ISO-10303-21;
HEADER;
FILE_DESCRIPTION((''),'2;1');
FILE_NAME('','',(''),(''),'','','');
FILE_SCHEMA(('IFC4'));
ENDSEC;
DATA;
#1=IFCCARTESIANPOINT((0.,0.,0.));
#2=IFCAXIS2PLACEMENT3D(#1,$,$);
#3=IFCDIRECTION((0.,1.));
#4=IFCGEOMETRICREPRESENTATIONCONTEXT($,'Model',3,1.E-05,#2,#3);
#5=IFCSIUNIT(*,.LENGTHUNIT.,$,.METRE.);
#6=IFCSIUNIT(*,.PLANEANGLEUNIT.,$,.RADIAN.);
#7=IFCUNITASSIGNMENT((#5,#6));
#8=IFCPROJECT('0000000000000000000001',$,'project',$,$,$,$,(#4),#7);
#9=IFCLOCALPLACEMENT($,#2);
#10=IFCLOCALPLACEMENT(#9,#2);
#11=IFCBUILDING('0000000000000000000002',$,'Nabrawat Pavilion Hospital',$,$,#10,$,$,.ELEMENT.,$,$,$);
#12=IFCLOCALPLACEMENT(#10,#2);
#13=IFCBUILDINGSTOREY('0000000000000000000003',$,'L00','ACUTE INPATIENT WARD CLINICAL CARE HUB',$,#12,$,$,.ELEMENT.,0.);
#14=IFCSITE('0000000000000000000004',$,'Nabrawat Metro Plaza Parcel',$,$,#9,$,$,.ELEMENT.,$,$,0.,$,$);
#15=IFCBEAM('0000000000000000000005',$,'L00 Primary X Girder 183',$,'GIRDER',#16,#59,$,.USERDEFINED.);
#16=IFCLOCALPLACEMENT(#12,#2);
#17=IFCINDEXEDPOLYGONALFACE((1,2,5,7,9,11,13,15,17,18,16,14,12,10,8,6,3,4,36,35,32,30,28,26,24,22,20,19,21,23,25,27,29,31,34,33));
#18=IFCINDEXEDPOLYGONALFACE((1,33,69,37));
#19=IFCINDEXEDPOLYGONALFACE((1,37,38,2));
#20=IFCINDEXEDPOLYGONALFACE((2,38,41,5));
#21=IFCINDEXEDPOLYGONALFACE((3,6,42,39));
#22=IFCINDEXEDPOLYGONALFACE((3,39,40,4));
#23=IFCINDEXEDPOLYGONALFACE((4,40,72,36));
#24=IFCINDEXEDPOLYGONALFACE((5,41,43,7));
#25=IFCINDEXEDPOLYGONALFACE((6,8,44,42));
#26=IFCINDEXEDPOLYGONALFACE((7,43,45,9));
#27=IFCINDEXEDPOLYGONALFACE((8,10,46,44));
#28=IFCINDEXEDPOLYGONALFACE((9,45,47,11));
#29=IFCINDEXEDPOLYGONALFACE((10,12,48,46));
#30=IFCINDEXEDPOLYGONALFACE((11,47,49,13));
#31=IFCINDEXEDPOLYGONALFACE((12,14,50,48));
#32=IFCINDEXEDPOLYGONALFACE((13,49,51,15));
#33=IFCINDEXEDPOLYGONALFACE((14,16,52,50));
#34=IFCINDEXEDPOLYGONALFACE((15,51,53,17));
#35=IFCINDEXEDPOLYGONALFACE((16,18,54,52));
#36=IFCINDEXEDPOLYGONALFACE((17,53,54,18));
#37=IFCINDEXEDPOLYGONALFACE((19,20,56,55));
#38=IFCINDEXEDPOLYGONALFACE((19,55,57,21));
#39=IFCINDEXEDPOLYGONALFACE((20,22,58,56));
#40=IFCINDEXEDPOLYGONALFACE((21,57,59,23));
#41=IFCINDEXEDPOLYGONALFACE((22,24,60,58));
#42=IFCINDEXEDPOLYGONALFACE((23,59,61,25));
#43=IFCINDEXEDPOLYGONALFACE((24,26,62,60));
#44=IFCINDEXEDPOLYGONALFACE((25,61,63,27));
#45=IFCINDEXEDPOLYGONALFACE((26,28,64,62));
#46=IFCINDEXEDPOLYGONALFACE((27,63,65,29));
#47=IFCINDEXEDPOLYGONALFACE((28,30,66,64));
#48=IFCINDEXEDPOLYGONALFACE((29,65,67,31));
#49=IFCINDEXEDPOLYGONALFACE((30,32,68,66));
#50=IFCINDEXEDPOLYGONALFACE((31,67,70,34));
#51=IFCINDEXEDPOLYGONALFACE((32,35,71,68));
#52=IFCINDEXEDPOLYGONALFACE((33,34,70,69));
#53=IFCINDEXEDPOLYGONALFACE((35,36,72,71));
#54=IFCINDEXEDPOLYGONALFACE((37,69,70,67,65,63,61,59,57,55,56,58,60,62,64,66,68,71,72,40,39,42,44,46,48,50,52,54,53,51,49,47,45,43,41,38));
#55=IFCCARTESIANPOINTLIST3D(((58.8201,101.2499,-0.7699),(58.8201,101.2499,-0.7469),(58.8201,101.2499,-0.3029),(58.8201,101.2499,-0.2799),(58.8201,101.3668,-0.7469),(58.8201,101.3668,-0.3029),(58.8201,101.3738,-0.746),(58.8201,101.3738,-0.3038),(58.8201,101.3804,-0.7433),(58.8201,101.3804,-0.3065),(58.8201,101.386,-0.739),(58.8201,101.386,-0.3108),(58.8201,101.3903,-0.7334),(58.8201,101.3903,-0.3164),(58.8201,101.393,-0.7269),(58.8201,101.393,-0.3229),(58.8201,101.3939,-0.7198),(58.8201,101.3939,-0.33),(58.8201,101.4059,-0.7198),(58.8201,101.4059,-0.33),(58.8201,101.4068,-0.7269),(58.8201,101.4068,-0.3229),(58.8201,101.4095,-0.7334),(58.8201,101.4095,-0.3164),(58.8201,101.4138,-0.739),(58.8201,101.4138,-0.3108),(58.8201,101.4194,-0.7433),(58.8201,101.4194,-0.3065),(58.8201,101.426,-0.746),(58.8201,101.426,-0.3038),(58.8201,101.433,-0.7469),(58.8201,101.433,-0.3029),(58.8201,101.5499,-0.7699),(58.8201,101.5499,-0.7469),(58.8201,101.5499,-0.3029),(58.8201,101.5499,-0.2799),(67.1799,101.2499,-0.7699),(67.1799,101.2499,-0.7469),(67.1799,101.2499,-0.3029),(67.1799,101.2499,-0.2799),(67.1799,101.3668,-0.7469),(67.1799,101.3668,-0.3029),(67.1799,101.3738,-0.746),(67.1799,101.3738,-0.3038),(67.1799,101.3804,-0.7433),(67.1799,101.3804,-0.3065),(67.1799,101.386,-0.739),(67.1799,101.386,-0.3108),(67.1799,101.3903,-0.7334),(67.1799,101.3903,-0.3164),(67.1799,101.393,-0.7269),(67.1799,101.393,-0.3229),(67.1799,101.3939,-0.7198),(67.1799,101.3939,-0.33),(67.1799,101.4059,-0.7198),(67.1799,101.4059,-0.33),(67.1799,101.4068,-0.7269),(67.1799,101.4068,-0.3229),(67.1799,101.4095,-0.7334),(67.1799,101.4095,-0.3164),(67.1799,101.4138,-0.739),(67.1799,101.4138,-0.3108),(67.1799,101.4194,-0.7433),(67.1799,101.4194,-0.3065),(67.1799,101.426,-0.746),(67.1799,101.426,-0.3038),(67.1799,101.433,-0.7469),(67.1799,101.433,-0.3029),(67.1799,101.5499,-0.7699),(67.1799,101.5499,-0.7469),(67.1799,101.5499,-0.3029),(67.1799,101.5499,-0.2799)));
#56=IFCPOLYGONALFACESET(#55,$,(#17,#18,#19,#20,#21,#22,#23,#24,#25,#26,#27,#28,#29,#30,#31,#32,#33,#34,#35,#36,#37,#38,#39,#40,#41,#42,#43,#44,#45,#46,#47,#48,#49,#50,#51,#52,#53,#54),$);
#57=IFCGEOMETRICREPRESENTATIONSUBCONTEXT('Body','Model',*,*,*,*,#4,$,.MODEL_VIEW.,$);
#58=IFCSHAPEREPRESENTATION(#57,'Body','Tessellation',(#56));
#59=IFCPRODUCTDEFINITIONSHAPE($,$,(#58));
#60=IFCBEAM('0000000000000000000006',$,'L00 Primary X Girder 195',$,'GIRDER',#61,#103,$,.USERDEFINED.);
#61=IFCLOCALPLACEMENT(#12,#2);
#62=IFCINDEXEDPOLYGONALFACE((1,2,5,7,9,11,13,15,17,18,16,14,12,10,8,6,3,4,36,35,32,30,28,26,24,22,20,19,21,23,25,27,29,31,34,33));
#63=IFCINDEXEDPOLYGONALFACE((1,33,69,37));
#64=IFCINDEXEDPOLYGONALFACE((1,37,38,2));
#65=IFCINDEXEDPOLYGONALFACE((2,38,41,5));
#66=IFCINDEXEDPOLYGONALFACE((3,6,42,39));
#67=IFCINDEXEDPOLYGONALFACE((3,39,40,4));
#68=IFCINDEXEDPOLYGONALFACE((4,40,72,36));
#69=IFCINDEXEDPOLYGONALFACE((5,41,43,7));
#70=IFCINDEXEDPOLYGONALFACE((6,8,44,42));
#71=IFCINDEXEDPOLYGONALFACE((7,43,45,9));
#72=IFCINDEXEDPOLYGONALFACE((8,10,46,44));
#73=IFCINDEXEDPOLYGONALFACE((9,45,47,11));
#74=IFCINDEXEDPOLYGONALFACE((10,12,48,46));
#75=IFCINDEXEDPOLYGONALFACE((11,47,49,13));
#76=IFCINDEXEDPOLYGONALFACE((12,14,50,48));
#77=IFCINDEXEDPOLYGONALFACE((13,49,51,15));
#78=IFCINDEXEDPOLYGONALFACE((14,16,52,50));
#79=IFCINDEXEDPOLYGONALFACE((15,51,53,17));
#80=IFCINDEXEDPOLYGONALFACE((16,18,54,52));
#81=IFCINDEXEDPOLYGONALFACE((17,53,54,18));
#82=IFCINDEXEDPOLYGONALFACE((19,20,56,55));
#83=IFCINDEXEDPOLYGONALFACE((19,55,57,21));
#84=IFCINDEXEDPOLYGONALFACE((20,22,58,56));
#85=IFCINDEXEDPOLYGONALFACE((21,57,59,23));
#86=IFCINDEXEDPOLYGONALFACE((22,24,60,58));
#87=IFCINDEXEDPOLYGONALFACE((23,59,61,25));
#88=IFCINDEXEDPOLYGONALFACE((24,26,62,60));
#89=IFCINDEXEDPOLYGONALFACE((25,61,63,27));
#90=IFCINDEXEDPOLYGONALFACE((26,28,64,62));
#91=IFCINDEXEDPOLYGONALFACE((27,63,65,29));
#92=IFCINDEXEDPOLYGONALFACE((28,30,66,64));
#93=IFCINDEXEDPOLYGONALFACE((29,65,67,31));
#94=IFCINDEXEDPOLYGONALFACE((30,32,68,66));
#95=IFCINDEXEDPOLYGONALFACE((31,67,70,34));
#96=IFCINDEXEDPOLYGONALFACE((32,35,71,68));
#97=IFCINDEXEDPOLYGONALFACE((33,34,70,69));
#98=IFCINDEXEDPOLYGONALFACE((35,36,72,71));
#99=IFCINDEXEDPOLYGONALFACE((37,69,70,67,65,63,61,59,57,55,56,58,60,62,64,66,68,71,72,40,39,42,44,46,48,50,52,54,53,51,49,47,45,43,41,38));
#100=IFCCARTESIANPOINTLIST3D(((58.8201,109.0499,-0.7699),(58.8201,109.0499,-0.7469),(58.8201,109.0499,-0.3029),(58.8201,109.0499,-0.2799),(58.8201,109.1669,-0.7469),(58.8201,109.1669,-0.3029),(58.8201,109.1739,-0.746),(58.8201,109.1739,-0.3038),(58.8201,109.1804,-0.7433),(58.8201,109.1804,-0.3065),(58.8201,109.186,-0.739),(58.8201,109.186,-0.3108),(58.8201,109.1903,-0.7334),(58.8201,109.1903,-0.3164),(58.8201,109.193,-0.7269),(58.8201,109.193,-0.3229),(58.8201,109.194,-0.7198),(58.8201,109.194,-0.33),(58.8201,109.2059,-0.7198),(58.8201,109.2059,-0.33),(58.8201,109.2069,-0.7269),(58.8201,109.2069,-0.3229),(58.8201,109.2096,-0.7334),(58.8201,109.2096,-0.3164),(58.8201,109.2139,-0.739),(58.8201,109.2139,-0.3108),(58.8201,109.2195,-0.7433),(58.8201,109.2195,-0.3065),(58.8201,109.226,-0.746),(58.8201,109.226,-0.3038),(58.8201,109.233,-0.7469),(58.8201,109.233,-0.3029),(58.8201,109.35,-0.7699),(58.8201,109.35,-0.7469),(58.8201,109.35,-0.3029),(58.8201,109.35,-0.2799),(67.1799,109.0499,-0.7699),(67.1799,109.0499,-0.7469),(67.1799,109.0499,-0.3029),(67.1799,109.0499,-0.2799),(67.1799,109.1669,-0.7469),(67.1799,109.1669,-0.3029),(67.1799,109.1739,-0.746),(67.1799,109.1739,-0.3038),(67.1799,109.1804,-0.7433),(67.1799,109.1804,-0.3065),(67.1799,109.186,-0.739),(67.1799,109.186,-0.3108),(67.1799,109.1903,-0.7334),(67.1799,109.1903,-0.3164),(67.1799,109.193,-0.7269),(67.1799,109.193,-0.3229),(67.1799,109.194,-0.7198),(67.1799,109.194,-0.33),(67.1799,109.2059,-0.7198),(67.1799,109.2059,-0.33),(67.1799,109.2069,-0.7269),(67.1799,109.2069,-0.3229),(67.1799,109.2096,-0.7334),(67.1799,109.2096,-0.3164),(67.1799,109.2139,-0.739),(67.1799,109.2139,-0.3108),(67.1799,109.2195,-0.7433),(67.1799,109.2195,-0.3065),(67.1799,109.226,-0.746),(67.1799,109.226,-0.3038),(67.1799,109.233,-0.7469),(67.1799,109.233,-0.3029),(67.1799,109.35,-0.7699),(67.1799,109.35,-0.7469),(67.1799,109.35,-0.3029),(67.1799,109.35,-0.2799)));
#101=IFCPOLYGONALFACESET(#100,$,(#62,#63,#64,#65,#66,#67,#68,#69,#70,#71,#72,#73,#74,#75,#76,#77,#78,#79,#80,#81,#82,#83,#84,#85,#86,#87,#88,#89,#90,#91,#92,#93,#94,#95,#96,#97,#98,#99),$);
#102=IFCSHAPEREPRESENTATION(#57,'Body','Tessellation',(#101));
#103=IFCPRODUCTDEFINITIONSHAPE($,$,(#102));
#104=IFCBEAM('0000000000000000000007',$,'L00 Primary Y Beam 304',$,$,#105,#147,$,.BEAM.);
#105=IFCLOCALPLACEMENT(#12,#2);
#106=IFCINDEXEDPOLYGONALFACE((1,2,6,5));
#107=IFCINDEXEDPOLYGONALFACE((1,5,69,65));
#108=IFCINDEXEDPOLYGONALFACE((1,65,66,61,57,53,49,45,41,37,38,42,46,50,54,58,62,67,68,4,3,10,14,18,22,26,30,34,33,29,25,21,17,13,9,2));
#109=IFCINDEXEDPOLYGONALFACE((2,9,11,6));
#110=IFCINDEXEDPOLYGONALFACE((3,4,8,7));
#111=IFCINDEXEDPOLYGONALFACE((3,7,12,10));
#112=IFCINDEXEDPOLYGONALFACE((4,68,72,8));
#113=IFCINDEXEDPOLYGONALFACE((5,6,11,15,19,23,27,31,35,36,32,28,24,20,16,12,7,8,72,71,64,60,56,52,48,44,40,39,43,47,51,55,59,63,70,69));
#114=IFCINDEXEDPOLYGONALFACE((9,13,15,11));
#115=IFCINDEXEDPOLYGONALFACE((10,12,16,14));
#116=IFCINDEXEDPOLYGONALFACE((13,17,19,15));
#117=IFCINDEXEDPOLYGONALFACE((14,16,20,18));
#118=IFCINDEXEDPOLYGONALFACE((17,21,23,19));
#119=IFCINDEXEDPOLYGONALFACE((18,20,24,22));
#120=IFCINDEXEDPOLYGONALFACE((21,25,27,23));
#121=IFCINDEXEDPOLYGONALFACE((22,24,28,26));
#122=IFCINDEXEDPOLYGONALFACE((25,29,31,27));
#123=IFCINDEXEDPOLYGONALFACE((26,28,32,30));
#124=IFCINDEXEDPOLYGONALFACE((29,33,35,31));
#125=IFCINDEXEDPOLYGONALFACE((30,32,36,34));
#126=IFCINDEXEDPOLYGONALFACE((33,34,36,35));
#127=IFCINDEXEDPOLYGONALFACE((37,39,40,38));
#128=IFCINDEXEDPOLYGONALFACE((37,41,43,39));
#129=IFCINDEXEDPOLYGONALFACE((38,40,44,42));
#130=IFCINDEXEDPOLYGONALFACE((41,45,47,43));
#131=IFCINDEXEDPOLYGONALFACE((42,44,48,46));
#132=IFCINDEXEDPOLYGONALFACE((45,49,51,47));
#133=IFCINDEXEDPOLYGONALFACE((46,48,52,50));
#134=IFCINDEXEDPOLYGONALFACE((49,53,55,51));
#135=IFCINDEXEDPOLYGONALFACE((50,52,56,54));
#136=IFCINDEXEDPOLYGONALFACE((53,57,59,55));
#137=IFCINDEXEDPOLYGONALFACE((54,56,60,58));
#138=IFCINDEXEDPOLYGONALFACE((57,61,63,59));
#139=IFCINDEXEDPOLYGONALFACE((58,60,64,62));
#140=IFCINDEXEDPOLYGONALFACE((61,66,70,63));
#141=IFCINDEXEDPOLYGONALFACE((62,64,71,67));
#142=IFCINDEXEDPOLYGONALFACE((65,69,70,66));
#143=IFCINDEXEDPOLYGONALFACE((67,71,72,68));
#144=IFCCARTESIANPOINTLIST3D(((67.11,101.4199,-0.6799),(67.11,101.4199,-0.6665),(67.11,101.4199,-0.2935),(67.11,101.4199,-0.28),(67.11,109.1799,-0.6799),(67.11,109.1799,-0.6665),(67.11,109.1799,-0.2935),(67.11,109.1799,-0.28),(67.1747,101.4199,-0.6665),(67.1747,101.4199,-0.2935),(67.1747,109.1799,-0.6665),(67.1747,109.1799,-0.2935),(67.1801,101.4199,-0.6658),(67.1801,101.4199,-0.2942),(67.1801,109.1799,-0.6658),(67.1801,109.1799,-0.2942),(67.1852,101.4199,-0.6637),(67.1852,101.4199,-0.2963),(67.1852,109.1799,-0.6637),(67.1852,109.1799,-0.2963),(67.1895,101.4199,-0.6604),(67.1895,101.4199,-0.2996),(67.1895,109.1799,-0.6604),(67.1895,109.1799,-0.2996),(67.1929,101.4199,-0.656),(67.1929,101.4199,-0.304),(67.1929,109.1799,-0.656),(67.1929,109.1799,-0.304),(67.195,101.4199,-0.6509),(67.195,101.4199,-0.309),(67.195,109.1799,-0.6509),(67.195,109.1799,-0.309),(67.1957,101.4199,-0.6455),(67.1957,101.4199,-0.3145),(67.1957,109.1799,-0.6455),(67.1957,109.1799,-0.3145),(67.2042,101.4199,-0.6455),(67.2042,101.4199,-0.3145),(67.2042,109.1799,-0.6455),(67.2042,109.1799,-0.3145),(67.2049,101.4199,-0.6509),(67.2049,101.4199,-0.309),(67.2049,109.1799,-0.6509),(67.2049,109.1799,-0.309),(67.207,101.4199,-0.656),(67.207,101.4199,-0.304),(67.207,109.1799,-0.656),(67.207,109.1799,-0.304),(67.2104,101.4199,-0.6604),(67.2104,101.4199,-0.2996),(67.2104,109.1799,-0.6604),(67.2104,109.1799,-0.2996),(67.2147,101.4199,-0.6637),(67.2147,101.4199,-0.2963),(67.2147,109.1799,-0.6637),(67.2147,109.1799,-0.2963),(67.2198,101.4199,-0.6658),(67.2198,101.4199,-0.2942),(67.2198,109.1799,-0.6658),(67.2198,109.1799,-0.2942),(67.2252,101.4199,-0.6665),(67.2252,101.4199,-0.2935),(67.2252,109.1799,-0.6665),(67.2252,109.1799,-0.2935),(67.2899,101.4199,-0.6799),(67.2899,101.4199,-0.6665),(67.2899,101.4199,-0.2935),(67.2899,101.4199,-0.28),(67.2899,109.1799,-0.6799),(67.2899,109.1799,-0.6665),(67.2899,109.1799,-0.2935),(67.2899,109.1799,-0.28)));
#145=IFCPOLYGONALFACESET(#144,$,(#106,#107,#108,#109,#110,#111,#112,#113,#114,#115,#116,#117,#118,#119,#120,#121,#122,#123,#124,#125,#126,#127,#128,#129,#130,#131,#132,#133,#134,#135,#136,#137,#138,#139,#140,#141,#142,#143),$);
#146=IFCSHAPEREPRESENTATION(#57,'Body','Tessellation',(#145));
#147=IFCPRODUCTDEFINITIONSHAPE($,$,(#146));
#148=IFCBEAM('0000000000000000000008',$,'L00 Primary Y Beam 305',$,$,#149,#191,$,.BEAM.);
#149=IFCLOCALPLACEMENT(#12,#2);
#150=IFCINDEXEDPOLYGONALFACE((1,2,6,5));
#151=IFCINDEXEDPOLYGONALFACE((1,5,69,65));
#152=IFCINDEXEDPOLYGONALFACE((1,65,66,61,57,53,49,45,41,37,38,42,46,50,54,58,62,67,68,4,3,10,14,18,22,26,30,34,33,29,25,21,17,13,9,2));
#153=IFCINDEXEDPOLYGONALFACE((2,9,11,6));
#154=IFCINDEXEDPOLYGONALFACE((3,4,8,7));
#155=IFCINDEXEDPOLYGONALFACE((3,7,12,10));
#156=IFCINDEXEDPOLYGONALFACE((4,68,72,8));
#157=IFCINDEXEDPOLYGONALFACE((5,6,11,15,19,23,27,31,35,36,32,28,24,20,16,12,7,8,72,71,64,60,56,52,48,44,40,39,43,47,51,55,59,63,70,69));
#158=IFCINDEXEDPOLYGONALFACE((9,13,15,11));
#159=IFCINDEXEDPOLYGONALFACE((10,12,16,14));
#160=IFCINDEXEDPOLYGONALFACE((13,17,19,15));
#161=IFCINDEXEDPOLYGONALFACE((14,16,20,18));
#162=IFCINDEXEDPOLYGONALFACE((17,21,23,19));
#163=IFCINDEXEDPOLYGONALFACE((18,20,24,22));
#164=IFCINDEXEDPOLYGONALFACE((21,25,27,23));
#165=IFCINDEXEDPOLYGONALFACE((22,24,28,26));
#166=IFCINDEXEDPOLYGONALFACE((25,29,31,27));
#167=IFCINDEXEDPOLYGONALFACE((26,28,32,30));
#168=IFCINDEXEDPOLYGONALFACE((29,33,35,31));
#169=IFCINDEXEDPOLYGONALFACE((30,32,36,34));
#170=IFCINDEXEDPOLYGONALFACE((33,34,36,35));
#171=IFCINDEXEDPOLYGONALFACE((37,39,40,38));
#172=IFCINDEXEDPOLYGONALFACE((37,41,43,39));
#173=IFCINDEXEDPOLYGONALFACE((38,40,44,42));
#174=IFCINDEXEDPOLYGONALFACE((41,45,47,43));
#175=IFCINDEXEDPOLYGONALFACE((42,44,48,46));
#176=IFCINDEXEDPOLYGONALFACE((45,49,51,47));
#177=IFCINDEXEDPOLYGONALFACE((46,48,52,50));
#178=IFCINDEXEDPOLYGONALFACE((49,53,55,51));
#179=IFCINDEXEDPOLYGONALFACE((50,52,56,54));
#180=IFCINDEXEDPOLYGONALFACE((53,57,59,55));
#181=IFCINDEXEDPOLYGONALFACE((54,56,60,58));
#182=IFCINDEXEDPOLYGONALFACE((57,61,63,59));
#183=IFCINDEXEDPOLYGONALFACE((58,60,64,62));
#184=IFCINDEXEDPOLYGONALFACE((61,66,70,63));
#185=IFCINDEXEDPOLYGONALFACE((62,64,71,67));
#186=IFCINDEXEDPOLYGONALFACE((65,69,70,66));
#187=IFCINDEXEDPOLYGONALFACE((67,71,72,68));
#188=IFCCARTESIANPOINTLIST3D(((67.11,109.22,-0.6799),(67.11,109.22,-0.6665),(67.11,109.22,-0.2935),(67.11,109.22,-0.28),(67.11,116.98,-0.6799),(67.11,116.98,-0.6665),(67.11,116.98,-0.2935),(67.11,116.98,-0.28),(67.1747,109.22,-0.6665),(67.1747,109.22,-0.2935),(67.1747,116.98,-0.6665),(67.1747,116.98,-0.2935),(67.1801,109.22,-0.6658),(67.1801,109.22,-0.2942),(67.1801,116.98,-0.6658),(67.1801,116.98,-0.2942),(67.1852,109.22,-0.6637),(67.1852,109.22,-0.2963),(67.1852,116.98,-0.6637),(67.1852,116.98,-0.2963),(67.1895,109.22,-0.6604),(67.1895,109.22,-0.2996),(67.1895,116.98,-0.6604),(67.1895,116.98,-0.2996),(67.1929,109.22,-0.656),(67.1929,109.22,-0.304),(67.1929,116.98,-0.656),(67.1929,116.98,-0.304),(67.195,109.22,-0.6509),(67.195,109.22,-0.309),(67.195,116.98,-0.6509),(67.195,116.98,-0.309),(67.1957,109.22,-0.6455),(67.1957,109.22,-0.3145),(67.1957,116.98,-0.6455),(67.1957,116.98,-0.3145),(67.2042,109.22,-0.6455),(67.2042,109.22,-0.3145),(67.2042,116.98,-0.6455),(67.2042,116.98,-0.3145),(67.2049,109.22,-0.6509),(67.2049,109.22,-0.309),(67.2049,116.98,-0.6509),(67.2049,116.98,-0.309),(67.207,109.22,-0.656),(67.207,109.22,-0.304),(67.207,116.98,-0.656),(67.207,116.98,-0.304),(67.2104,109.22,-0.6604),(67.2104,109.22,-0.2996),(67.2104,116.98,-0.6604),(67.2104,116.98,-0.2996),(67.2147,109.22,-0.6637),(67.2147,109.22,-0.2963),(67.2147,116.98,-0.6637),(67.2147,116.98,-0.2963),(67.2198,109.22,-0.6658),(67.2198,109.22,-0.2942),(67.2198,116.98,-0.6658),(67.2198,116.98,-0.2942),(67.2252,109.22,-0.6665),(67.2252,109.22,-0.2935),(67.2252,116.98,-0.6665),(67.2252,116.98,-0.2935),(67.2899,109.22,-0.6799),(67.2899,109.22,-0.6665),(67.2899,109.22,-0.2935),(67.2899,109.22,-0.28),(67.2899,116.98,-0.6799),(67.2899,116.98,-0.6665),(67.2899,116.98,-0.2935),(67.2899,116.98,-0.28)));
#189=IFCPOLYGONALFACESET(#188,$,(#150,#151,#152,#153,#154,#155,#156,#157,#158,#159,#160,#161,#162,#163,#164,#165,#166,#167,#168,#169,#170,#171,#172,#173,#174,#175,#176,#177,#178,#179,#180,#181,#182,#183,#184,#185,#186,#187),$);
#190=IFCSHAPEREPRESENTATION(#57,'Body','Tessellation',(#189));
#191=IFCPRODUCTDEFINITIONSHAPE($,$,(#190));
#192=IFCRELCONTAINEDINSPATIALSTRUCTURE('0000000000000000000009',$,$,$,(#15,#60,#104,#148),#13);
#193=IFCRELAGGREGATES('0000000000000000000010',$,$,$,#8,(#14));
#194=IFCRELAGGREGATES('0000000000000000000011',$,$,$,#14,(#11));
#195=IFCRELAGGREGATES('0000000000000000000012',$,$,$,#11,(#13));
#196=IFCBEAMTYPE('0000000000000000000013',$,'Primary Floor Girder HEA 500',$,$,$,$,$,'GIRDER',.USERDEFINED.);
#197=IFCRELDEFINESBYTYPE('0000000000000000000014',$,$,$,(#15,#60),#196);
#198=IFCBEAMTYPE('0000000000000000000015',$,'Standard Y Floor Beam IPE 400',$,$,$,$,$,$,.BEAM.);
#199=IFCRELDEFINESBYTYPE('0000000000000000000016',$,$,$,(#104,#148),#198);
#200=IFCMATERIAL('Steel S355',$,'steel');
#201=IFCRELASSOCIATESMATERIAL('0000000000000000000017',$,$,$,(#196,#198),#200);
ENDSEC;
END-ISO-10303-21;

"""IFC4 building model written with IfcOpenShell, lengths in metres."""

from ifc_helpers import new_model, si_unit, direction, frame, origin, origin_2d, place, context, subcontext, project, spatial, i_section, extrude, material, material_profile, profile_set, type_object, element, save


model = new_model("IFC4")

# Units and contexts
model_context = context("Model", 3, precision=1e-05, world=origin(), true_north=direction((0.0, 1.0)))
body_context = subcontext(model_context, "Body", "Model", "MODEL_VIEW")
ifc_project = project(units=[si_unit("LENGTHUNIT", "METRE"), si_unit("PLANEANGLEUNIT", "RADIAN")], contexts=[model_context])

# Site, building, storey
site_placement = place(None, origin())
site = spatial("IfcSite", under=ifc_project, at=site_placement, Name="Nabrawat Metro Plaza Parcel", CompositionType="ELEMENT", RefElevation=0.0)
building_placement = place(site_placement, origin())
building = spatial("IfcBuilding", under=site, at=building_placement, Name="Nabrawat Pavilion Hospital", CompositionType="ELEMENT")
storey_placement = place(building_placement, origin())
storey = spatial("IfcBuildingStorey", under=building, at=storey_placement, Name="L00", Description="ACUTE INPATIENT WARD CLINICAL CARE HUB", CompositionType="ELEMENT", Elevation=0.0)

# Shared definitions
ifc_material_1 = material(Name="Steel S355", Category="steel")

# Beams
ifc_material_profile_1 = material_profile(ifc_material_1, i_section(OverallWidth=0.3, OverallDepth=0.49, WebThickness=0.012, FlangeThickness=0.0229, FilletRadius=0.0271, at=origin_2d()), Name="HEA 500")
ifc_profile_set_1 = profile_set([ifc_material_profile_1], Name="Steel S355")
beam_type_1 = type_object("IfcBeamType", Name="Primary Floor Girder HEA 500", ElementType="GIRDER", PredefinedType="USERDEFINED", material=ifc_profile_set_1)
for number, where, z_axis, x_axis, name in (
    (1, (58.8201, 101.3999, -0.5249), (1.0, 0.0, 0.0), (0.0, 1.0, 0.0), "L00 Primary X Girder 183"),
    (2, (58.8201, 109.2, -0.5249), (1.0, 0.0, 0.0), (0.0, 1.0, 0.0), "L00 Primary X Girder 195"),
):
    element("IfcBeam", number, at=place(storey_placement, frame(where, z_axis=z_axis, x_axis=x_axis)), inside=storey, type_object=beam_type_1, Name=name, ObjectType="GIRDER", PredefinedType="USERDEFINED", context=body_context, shape_type="SweptSolid", body=[
        extrude(i_section(OverallWidth=0.3, OverallDepth=0.49, WebThickness=0.012, FlangeThickness=0.0229, FilletRadius=0.0271, at=origin_2d()), origin(), (0.0, 0.0, 1.0), 8.3599),
    ])
ifc_material_profile_2 = material_profile(ifc_material_1, i_section(OverallWidth=0.1799, OverallDepth=0.3999, WebThickness=0.0085, FlangeThickness=0.0134, FilletRadius=0.021, at=origin_2d()), Name="IPE 400")
ifc_profile_set_2 = profile_set([ifc_material_profile_2], Name="Steel S355")
beam_type_2 = type_object("IfcBeamType", Name="Standard Y Floor Beam IPE 400", PredefinedType="BEAM", material=ifc_profile_set_2)
for number, where, z_axis, x_axis, name in (
    (3, (67.2, 101.4199, -0.48), (0.0, 1.0, 0.0), (-1.0, 0.0, 0.0), "L00 Primary Y Beam 304"),
    (4, (67.2, 109.22, -0.48), (0.0, 1.0, 0.0), (-1.0, 0.0, 0.0), "L00 Primary Y Beam 305"),
):
    element("IfcBeam", number, at=place(storey_placement, frame(where, z_axis=z_axis, x_axis=x_axis)), inside=storey, type_object=beam_type_2, Name=name, PredefinedType="BEAM", context=body_context, shape_type="SweptSolid", body=[
        extrude(i_section(OverallWidth=0.1799, OverallDepth=0.3999, WebThickness=0.0085, FlangeThickness=0.0134, FilletRadius=0.021, at=origin_2d()), origin(), (0.0, 0.0, 1.0), 7.76),
    ])

save(model, "model.ifc")
